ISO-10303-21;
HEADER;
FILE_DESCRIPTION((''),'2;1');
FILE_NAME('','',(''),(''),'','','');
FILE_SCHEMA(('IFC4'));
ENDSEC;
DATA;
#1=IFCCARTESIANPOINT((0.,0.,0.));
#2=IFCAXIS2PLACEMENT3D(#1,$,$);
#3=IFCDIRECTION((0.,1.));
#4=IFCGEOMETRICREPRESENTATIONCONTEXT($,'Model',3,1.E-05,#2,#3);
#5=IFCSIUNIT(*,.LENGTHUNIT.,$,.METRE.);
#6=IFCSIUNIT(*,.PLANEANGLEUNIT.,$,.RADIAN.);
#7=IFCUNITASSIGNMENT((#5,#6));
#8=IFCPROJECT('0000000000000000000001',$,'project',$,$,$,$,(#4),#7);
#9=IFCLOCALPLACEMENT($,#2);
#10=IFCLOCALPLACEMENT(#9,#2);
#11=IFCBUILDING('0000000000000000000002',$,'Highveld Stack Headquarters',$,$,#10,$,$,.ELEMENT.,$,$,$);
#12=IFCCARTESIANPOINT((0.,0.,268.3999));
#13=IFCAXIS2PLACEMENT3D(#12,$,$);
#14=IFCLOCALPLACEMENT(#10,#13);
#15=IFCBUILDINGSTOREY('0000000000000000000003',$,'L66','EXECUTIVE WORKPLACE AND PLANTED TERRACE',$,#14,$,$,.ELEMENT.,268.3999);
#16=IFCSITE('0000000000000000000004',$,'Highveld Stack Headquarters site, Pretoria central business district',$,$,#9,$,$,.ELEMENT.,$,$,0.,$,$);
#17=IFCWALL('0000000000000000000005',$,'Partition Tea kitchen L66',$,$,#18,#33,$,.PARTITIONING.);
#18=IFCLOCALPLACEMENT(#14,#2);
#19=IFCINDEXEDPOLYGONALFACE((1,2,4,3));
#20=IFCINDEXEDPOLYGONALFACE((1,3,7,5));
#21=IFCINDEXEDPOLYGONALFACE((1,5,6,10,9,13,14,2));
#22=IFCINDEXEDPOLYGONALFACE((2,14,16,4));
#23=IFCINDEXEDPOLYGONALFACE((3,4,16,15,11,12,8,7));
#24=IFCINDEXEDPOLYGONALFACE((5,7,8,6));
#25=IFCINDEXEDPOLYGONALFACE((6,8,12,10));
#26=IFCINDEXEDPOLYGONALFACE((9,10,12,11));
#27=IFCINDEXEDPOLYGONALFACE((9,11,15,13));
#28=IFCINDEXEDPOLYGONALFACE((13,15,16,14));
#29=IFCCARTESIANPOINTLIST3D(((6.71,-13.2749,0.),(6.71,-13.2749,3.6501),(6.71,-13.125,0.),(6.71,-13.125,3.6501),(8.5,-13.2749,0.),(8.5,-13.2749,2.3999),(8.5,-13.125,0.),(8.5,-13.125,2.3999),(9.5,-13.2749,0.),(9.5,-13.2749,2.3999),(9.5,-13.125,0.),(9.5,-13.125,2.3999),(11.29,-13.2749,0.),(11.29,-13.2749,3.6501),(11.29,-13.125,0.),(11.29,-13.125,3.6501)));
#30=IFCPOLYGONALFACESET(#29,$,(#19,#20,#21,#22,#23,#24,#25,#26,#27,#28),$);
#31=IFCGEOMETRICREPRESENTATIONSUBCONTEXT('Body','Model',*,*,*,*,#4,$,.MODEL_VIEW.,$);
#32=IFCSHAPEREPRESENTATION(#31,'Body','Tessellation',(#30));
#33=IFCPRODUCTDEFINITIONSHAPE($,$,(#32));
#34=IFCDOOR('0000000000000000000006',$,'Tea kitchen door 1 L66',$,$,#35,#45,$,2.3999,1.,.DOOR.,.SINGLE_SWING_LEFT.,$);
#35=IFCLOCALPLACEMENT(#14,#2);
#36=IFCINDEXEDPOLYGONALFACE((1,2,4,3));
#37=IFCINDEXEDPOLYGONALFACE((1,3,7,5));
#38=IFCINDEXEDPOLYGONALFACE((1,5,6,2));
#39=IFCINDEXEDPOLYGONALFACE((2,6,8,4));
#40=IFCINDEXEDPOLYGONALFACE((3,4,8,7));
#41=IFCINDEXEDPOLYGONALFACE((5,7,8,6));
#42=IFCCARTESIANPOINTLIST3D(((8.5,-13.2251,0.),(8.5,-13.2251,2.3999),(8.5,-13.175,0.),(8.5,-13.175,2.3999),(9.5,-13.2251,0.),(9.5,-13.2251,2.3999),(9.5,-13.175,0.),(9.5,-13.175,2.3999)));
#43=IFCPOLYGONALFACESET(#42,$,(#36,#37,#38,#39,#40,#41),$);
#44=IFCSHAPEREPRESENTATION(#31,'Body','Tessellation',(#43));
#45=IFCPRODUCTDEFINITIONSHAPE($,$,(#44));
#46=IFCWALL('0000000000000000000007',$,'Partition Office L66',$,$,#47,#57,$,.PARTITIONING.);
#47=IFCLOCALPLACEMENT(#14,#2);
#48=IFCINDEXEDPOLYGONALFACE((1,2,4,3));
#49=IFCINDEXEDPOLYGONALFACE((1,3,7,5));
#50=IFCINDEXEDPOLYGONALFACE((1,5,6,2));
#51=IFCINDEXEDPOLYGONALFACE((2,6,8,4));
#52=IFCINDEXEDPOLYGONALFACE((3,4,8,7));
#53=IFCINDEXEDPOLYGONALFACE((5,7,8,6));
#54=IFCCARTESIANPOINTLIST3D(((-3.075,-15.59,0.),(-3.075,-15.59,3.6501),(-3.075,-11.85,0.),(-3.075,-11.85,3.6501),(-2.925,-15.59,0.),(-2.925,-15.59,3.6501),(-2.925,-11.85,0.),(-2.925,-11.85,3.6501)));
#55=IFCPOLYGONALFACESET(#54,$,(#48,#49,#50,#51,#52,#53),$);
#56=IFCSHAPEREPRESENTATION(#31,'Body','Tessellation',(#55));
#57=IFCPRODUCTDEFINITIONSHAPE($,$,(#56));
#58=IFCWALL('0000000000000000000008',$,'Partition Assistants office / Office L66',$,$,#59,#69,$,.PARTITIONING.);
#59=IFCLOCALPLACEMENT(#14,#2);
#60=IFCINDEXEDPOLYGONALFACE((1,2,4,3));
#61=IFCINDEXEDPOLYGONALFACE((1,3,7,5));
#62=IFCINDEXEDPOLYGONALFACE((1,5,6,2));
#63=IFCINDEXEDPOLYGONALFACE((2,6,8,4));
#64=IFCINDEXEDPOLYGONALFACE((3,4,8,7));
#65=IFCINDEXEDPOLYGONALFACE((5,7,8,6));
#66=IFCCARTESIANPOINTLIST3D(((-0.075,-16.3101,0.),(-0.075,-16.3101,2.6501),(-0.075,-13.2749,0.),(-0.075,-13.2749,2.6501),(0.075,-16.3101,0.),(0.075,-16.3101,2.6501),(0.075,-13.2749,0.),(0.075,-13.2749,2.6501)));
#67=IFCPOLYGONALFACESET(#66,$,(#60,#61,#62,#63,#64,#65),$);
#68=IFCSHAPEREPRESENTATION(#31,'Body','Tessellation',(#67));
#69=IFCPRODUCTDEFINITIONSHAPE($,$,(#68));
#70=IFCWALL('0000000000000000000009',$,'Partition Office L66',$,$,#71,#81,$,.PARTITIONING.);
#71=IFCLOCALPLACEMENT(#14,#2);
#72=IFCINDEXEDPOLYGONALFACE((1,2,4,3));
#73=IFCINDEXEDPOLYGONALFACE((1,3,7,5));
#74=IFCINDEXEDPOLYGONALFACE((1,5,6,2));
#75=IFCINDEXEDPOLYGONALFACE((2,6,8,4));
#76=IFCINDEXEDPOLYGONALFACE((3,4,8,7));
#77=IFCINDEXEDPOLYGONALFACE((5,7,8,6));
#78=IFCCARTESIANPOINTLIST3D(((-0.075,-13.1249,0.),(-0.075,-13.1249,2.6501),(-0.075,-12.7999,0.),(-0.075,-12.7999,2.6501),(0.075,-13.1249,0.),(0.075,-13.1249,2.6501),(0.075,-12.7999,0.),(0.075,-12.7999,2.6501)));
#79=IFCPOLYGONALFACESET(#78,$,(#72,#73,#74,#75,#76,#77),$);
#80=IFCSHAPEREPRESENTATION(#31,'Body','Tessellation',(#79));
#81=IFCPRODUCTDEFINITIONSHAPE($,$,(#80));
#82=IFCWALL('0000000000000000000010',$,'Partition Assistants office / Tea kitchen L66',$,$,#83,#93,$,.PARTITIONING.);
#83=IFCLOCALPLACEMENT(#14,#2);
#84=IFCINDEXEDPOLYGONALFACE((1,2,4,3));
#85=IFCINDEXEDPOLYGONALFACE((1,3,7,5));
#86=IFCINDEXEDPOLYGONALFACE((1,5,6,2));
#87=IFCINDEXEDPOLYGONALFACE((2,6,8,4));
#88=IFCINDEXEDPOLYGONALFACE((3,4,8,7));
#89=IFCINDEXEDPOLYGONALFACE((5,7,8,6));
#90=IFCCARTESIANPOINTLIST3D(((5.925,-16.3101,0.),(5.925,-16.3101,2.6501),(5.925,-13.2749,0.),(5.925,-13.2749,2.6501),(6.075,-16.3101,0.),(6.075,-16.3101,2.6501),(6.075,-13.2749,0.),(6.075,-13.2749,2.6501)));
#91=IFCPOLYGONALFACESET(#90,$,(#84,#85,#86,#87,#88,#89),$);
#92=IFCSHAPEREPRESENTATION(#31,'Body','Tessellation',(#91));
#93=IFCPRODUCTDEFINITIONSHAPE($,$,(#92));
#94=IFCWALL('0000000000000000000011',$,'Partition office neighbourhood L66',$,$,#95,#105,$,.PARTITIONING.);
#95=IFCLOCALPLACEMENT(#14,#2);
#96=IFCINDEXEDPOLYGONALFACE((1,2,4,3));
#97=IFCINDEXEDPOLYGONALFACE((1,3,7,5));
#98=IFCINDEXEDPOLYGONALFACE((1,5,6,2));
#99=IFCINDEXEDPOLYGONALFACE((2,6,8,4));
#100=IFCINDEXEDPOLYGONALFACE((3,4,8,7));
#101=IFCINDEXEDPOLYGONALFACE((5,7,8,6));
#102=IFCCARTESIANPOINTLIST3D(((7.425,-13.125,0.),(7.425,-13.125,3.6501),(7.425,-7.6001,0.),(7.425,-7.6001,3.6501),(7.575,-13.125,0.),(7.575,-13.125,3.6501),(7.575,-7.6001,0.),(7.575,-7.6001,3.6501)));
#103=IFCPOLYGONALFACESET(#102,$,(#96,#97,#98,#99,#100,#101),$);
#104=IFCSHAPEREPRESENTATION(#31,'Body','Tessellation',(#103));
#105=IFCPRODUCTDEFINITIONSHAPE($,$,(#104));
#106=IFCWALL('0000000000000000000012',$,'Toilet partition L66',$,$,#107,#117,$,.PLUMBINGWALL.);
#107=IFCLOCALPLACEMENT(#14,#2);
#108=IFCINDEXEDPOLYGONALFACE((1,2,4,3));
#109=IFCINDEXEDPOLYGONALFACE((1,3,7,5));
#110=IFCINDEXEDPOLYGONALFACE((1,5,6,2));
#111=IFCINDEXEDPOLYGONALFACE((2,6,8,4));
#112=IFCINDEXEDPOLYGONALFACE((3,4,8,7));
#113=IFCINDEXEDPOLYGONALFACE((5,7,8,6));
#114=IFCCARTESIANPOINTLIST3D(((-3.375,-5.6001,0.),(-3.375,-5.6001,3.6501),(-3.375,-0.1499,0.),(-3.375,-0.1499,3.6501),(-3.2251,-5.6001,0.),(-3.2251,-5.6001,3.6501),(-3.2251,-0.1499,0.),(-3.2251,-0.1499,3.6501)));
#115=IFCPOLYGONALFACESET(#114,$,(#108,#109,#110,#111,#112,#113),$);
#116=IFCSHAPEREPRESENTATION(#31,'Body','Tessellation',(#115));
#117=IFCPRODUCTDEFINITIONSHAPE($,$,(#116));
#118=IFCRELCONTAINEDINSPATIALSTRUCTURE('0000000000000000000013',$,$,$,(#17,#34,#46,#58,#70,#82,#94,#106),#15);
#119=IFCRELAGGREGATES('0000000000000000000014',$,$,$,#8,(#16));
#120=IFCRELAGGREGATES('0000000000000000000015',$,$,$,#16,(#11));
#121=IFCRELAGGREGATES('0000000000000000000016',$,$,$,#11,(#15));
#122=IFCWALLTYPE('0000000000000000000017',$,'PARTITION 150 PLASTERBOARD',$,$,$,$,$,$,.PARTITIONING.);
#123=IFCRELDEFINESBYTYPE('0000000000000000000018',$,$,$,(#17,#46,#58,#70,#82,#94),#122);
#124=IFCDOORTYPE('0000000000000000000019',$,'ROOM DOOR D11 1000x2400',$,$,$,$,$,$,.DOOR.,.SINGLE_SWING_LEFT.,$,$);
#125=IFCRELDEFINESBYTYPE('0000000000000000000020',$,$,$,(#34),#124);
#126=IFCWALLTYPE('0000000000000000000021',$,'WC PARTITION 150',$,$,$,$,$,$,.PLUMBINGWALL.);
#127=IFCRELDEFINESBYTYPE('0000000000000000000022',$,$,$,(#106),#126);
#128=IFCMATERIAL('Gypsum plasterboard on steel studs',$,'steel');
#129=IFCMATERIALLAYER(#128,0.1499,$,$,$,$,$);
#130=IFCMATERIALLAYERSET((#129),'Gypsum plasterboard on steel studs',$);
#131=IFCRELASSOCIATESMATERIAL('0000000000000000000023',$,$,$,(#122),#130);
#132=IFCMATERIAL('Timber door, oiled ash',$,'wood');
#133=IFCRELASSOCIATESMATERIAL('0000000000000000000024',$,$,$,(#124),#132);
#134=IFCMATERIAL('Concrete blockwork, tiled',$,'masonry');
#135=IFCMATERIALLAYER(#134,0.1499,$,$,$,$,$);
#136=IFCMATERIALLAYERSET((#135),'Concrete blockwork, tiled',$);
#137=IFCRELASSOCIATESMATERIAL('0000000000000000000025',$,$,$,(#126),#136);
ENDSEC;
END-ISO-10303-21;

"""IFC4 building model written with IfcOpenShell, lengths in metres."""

from ifc_helpers import new_model, si_unit, direction, frame, frame_2d, origin, place, context, subcontext, project, spatial, rectangle, extrude, material, layer, layer_set, type_object, element, fill, save


model = new_model("IFC4")

# Units and contexts
model_context = context("Model", 3, precision=1e-05, world=origin(), true_north=direction((0.0, 1.0)))
body_context = subcontext(model_context, "Body", "Model", "MODEL_VIEW")
ifc_project = project(units=[si_unit("LENGTHUNIT", "METRE"), si_unit("PLANEANGLEUNIT", "RADIAN")], contexts=[model_context])

# Site, building, storey
site_placement = place(None, origin())
site = spatial("IfcSite", under=ifc_project, at=site_placement, Name="Highveld Stack Headquarters site, Pretoria central business district", CompositionType="ELEMENT", RefElevation=0.0)
building_placement = place(site_placement, origin())
building = spatial("IfcBuilding", under=site, at=building_placement, Name="Highveld Stack Headquarters", CompositionType="ELEMENT")
storey_placement = place(building_placement, frame((0.0, 0.0, 268.3999)))
storey = spatial("IfcBuildingStorey", under=building, at=storey_placement, Name="L66", Description="EXECUTIVE WORKPLACE AND PLANTED TERRACE", CompositionType="ELEMENT", Elevation=268.3999)

# Shared definitions
ifc_material_1 = material(Name="Gypsum plasterboard on steel studs", Category="steel")
ifc_layer_1 = layer(ifc_material_1, 0.1499)
ifc_layer_set_1 = layer_set([ifc_layer_1], Name="Gypsum plasterboard on steel studs")
wall_type_1 = type_object("IfcWallType", Name="PARTITION 150 PLASTERBOARD", PredefinedType="PARTITIONING", material=ifc_layer_set_1)

# Shared definitions
ifc_material_2 = material(Name="Timber door, oiled ash", Category="wood")
door_type = type_object("IfcDoorType", Name="ROOM DOOR D11 1000x2400", OperationType="SINGLE_SWING_LEFT", PredefinedType="DOOR", material=ifc_material_2)

# Wall, opening, door
wall_1_placement = place(storey_placement, frame((6.71, -13.2, 0.0), z_axis=(0.0, 0.0, 1.0), x_axis=(1.0, 0.0, 0.0)))
wall_1 = element("IfcWall", 1, at=wall_1_placement, inside=storey, type_object=wall_type_1, Name="Partition Tea kitchen L66", PredefinedType="PARTITIONING", context=body_context, shape_type="SweptSolid", body=[
    extrude(rectangle(XDim=4.5801, YDim=0.1499, at=frame_2d((2.29, 0.0))), origin(), (0.0, 0.0, 1.0), 3.6501),
])
opening_1_placement = place(wall_1_placement, frame((1.79, 0.0, 0.0)))
opening_1 = element("IfcOpeningElement", 2, at=opening_1_placement, cuts=wall_1, PredefinedType="OPENING", context=body_context, shape_type="SweptSolid", body=[
    extrude(rectangle(XDim=1.0, YDim=2.3999, at=frame_2d((0.5, 1.2))), frame((0.0, 0.085, 0.0), z_axis=(0.0, -1.0, 0.0), x_axis=(1.0, 0.0, 0.0)), (0.0, 0.0, 1.0), 0.1699),
])
door_1_placement = place(opening_1_placement, origin())
door_1 = element("IfcDoor", 3, at=door_1_placement, inside=storey, type_object=door_type, Name="Tea kitchen door 1 L66", OperationType="SINGLE_SWING_LEFT", OverallHeight=2.3999, OverallWidth=1.0, PredefinedType="DOOR", context=body_context, shape_type="SweptSolid", body=[
    extrude(rectangle(XDim=1.0, YDim=2.3999, at=frame_2d((0.5, 1.2))), frame((0.0, 0.0249, 0.0), z_axis=(0.0, -1.0, 0.0), x_axis=(1.0, 0.0, 0.0)), (0.0, 0.0, 1.0), 0.05),
])
fill(opening_1, door_1)

# Walls
wall_2_placement = place(storey_placement, frame((-3.0, -15.5901, 0.0), z_axis=(0.0, 0.0, 1.0), x_axis=(0.0, 1.0, 0.0)))
element("IfcWall", 4, at=wall_2_placement, inside=storey, type_object=wall_type_1, Name="Partition Office L66", PredefinedType="PARTITIONING", context=body_context, shape_type="SweptSolid", body=[
    extrude(rectangle(XDim=3.74, YDim=0.1499, at=frame_2d((1.8701, 0.0))), origin(), (0.0, 0.0, 1.0), 3.6501),
])
wall_3_placement = place(storey_placement, frame((0.0, -16.3101, 0.0), z_axis=(0.0, 0.0, 1.0), x_axis=(0.0, 1.0, 0.0)))
element("IfcWall", 5, at=wall_3_placement, inside=storey, type_object=wall_type_1, Name="Partition Assistants office / Office L66", PredefinedType="PARTITIONING", context=body_context, shape_type="SweptSolid", body=[
    extrude(rectangle(XDim=3.0352, YDim=0.1499, at=frame_2d((1.5176, 0.0))), origin(), (0.0, 0.0, 1.0), 2.6501),
])
wall_4_placement = place(storey_placement, frame((0.0, -13.125, 0.0), z_axis=(0.0, 0.0, 1.0), x_axis=(0.0, 1.0, 0.0)))
element("IfcWall", 6, at=wall_4_placement, inside=storey, type_object=wall_type_1, Name="Partition Office L66", PredefinedType="PARTITIONING", context=body_context, shape_type="SweptSolid", body=[
    extrude(rectangle(XDim=0.325, YDim=0.1499, at=frame_2d((0.1626, 0.0))), origin(), (0.0, 0.0, 1.0), 2.6501),
])
wall_5_placement = place(storey_placement, frame((6.0, -16.3101, 0.0), z_axis=(0.0, 0.0, 1.0), x_axis=(0.0, 1.0, 0.0)))
element("IfcWall", 7, at=wall_5_placement, inside=storey, type_object=wall_type_1, Name="Partition Assistants office / Tea kitchen L66", PredefinedType="PARTITIONING", context=body_context, shape_type="SweptSolid", body=[
    extrude(rectangle(XDim=3.0352, YDim=0.1499, at=frame_2d((1.5176, 0.0))), origin(), (0.0, 0.0, 1.0), 2.6501),
])
wall_6_placement = place(storey_placement, frame((7.5, -13.125, 0.0), z_axis=(0.0, 0.0, 1.0), x_axis=(0.0, 1.0, 0.0)))
element("IfcWall", 8, at=wall_6_placement, inside=storey, type_object=wall_type_1, Name="Partition office neighbourhood L66", PredefinedType="PARTITIONING", context=body_context, shape_type="SweptSolid", body=[
    extrude(rectangle(XDim=5.5249, YDim=0.1499, at=frame_2d((2.7625, 0.0))), origin(), (0.0, 0.0, 1.0), 3.6501),
])
ifc_material_3 = material(Name="Concrete blockwork, tiled", Category="masonry")
ifc_layer_2 = layer(ifc_material_3, 0.1499)
ifc_layer_set_2 = layer_set([ifc_layer_2], Name="Concrete blockwork, tiled")
wall_type_2 = type_object("IfcWallType", Name="WC PARTITION 150", PredefinedType="PLUMBINGWALL", material=ifc_layer_set_2)
wall_7_placement = place(storey_placement, frame((-3.3, -5.6001, 0.0), z_axis=(0.0, 0.0, 1.0), x_axis=(0.0, 1.0, 0.0)))
element("IfcWall", 9, at=wall_7_placement, inside=storey, type_object=wall_type_2, Name="Toilet partition L66", PredefinedType="PLUMBINGWALL", context=body_context, shape_type="SweptSolid", body=[
    extrude(rectangle(XDim=5.4502, YDim=0.1499, at=frame_2d((2.7251, 0.0))), origin(), (0.0, 0.0, 1.0), 3.6501),
])

save(model, "model.ifc")
